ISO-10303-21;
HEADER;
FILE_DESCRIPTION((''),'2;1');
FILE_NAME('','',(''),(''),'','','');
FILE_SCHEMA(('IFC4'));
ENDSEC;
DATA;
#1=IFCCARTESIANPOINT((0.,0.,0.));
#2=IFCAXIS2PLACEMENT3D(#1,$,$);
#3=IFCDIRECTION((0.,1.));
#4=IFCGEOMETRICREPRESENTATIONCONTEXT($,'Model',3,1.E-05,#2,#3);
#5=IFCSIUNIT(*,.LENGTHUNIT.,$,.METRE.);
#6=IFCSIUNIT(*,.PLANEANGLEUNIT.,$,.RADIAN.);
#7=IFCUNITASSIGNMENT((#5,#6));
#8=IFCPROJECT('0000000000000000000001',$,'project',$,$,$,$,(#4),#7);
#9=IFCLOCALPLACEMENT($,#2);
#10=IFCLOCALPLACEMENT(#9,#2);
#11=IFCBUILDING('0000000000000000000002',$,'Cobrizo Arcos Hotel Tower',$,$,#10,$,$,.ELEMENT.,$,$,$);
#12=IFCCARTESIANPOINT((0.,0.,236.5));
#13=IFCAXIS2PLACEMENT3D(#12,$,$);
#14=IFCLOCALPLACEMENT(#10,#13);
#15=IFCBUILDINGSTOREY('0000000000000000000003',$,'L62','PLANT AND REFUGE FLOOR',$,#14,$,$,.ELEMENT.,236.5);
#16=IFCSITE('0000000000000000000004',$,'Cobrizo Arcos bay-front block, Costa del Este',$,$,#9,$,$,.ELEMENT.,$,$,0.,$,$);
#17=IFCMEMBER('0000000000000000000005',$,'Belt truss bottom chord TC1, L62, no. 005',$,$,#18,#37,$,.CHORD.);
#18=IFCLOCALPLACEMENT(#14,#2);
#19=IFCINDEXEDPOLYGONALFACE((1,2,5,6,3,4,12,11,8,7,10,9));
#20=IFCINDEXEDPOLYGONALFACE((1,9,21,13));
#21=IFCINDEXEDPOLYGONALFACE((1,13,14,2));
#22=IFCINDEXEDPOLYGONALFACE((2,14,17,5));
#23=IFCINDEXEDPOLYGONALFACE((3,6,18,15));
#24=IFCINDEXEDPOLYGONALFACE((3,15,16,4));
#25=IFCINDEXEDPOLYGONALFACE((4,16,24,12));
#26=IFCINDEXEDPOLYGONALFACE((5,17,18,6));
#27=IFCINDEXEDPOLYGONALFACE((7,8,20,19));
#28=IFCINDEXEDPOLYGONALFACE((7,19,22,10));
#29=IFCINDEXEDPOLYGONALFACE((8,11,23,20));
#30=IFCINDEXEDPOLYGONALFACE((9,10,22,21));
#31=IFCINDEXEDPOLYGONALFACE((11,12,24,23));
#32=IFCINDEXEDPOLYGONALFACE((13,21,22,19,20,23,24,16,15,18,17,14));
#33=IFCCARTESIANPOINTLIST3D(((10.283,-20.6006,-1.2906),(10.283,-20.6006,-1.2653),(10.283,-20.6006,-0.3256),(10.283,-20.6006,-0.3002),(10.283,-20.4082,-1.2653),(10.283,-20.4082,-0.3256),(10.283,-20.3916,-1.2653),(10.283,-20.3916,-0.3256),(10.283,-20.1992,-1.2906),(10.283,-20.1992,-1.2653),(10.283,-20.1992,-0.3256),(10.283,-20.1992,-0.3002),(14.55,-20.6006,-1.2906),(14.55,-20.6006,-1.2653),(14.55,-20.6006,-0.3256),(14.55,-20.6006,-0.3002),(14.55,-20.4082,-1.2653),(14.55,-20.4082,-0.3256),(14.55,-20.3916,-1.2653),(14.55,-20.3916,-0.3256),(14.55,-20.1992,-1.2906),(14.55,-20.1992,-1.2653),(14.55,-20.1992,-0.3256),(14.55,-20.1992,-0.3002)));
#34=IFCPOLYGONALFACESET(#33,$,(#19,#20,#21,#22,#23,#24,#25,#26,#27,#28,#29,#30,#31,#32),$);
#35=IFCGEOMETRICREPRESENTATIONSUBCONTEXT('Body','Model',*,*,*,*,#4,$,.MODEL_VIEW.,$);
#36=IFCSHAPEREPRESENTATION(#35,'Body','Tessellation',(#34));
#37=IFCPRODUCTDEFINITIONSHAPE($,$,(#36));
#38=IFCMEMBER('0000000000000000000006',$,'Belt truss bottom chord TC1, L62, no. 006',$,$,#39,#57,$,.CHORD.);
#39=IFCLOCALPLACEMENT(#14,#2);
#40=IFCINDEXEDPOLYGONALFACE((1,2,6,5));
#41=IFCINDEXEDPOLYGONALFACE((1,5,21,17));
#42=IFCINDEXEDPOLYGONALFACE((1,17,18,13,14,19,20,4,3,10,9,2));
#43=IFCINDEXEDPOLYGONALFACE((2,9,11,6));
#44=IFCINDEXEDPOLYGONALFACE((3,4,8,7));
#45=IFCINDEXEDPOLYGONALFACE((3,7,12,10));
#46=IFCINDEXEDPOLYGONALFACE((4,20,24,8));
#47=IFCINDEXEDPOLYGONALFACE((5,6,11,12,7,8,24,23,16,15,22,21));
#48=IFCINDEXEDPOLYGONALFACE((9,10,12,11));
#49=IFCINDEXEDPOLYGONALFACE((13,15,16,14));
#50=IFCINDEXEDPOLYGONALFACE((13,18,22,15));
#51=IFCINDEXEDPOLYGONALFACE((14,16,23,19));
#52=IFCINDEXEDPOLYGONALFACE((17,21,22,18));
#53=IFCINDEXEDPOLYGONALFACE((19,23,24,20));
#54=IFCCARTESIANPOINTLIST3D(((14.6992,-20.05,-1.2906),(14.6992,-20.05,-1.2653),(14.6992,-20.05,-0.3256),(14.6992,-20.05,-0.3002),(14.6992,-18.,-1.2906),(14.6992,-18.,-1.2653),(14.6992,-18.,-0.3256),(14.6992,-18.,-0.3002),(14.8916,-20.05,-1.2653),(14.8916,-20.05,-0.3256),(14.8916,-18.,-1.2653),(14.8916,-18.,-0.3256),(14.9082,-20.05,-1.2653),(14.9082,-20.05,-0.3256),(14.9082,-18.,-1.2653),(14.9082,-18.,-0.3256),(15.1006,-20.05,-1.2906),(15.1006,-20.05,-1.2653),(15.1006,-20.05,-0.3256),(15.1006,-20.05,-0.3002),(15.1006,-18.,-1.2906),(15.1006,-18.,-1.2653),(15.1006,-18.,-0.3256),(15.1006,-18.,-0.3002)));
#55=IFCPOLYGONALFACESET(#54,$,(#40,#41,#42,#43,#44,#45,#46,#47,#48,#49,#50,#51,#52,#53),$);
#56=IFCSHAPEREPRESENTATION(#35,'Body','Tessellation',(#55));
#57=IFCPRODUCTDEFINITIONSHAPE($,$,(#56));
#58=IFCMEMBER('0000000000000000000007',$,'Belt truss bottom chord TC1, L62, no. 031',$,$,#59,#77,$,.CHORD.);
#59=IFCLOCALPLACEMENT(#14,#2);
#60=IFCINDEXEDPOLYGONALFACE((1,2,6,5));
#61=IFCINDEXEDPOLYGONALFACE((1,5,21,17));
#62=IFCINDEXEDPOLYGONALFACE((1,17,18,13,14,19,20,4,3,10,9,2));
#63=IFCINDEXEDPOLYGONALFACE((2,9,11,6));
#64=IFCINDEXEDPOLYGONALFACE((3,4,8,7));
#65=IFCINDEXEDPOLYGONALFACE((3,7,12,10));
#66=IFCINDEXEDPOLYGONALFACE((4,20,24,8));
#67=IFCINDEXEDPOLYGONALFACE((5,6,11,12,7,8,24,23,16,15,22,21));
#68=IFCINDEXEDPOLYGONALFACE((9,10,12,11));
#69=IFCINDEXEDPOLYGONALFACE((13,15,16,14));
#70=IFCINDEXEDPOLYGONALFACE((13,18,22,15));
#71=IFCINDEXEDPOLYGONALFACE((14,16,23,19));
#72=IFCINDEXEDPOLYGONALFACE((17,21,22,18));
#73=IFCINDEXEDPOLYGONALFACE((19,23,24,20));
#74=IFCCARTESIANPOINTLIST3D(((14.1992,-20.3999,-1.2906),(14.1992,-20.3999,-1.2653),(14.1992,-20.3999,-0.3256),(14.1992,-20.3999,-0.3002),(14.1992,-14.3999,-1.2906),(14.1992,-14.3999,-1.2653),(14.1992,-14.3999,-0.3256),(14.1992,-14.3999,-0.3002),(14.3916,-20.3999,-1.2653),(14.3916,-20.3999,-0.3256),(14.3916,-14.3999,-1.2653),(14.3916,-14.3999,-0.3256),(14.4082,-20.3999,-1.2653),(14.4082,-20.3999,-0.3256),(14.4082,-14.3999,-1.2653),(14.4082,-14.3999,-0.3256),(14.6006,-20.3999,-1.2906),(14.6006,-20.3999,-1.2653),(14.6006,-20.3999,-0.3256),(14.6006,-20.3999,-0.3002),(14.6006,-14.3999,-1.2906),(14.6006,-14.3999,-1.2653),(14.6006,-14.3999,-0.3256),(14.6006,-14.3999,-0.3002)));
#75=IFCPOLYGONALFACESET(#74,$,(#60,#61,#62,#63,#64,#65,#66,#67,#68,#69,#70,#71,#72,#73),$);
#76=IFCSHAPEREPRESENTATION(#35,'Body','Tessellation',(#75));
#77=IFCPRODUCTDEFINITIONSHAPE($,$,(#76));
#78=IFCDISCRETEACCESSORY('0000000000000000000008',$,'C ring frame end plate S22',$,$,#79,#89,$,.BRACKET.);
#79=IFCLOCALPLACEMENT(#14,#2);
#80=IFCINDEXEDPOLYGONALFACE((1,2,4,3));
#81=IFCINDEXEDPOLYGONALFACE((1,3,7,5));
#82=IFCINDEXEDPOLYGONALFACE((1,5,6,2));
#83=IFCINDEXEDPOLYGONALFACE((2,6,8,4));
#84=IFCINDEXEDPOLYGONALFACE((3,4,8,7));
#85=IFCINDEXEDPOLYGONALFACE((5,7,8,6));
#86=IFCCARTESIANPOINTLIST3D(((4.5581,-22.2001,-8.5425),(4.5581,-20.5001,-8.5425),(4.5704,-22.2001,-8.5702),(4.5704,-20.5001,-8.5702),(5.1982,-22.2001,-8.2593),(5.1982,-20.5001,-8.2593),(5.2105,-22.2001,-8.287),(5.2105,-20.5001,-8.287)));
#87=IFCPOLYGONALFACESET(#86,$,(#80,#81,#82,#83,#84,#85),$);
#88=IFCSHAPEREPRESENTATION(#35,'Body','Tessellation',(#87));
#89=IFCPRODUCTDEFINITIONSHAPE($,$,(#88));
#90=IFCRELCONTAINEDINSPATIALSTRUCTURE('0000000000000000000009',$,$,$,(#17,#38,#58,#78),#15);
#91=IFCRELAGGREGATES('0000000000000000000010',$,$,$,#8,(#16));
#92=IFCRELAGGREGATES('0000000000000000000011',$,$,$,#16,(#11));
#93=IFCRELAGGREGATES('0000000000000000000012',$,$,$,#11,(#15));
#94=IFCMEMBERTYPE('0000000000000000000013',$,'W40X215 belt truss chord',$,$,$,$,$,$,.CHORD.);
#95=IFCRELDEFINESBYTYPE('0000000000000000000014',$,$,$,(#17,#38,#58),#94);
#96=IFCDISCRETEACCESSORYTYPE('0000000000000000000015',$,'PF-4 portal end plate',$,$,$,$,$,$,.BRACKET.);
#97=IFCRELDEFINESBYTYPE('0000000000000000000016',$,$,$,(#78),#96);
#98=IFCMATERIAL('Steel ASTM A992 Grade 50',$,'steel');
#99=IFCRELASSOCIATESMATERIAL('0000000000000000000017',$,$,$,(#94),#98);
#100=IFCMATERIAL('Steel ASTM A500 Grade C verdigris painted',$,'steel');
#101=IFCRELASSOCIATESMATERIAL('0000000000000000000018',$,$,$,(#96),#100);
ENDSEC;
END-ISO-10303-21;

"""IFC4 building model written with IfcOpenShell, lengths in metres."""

from ifc_helpers import new_model, si_unit, direction, frame, origin, origin_2d, place, context, subcontext, project, spatial, rectangle, i_section, extrude, material, material_profile, profile_set, type_object, element, save


model = new_model("IFC4")

# Units and contexts
model_context = context("Model", 3, precision=1e-05, world=origin(), true_north=direction((0.0, 1.0)))
body_context = subcontext(model_context, "Body", "Model", "MODEL_VIEW")
ifc_project = project(units=[si_unit("LENGTHUNIT", "METRE"), si_unit("PLANEANGLEUNIT", "RADIAN")], contexts=[model_context])

# Site, building, storey
site_placement = place(None, origin())
site = spatial("IfcSite", under=ifc_project, at=site_placement, Name="Cobrizo Arcos bay-front block, Costa del Este", CompositionType="ELEMENT", RefElevation=0.0)
building_placement = place(site_placement, origin())
building = spatial("IfcBuilding", under=site, at=building_placement, Name="Cobrizo Arcos Hotel Tower", CompositionType="ELEMENT")
storey_placement = place(building_placement, frame((0.0, 0.0, 236.5)))
storey = spatial("IfcBuildingStorey", under=building, at=storey_placement, Name="L62", Description="PLANT AND REFUGE FLOOR", CompositionType="ELEMENT", Elevation=236.5)

# Members
ifc_material_1 = material(Name="Steel ASTM A992 Grade 50", Category="steel")
ifc_material_profile_1 = material_profile(ifc_material_1, i_section(OverallWidth=0.4014, OverallDepth=0.9905, WebThickness=0.0166, FlangeThickness=0.0254, at=origin_2d()), Name="W40X215")
ifc_profile_set_1 = profile_set([ifc_material_profile_1], Name="Steel ASTM A992 Grade 50")
member_type_1 = type_object("IfcMemberType", Name="W40X215 belt truss chord", PredefinedType="CHORD", material=ifc_profile_set_1)
member_1_placement = place(storey_placement, frame((10.283, -20.3999, -0.7954), z_axis=(1.0, 0.0, 0.0), x_axis=(0.0, 1.0, 0.0)))
element("IfcMember", 1, at=member_1_placement, inside=storey, type_object=member_type_1, Name="Belt truss bottom chord TC1, L62, no. 005", PredefinedType="CHORD", context=body_context, shape_type="SweptSolid", body=[
    extrude(i_section(OverallWidth=0.4014, OverallDepth=0.9905, WebThickness=0.0166, FlangeThickness=0.0254, at=origin_2d()), origin(), (0.0, 0.0, 1.0), 4.2671),
])
member_2_placement = place(storey_placement, frame((14.8999, -20.05, -0.7954), z_axis=(0.0, 1.0, 0.0), x_axis=(-1.0, 0.0, 0.0)))
element("IfcMember", 2, at=member_2_placement, inside=storey, type_object=member_type_1, Name="Belt truss bottom chord TC1, L62, no. 006", PredefinedType="CHORD", context=body_context, shape_type="SweptSolid", body=[
    extrude(i_section(OverallWidth=0.4014, OverallDepth=0.9905, WebThickness=0.0166, FlangeThickness=0.0254, at=origin_2d()), origin(), (0.0, 0.0, 1.0), 2.05),
])
member_3_placement = place(storey_placement, frame((14.3999, -20.3999, -0.7954), z_axis=(0.0, 1.0, 0.0), x_axis=(-1.0, 0.0, 0.0)))
element("IfcMember", 3, at=member_3_placement, inside=storey, type_object=member_type_1, Name="Belt truss bottom chord TC1, L62, no. 031", PredefinedType="CHORD", context=body_context, shape_type="SweptSolid", body=[
    extrude(i_section(OverallWidth=0.4014, OverallDepth=0.9905, WebThickness=0.0166, FlangeThickness=0.0254, at=origin_2d()), origin(), (0.0, 0.0, 1.0), 6.0),
])

# Discrete accessory
ifc_material_2 = material(Name="Steel ASTM A500 Grade C verdigris painted", Category="steel")
discrete_accessory_type = type_object("IfcDiscreteAccessoryType", Name="PF-4 portal end plate", PredefinedType="BRACKET", material=ifc_material_2)
discrete_accessory_placement = place(storey_placement, frame((4.8782, -21.3501, -8.4009), z_axis=(0.404636, 0.0, -0.914478), x_axis=(0.0, 1.0, 0.0)))
element("IfcDiscreteAccessory", 4, at=discrete_accessory_placement, inside=storey, type_object=discrete_accessory_type, Name="C ring frame end plate S22", PredefinedType="BRACKET", context=body_context, shape_type="SweptSolid", body=[
    extrude(rectangle(XDim=1.7, YDim=0.7, at=origin_2d()), origin(), (0.0, 0.0, 1.0), 0.0303),
])

save(model, "model.ifc")
